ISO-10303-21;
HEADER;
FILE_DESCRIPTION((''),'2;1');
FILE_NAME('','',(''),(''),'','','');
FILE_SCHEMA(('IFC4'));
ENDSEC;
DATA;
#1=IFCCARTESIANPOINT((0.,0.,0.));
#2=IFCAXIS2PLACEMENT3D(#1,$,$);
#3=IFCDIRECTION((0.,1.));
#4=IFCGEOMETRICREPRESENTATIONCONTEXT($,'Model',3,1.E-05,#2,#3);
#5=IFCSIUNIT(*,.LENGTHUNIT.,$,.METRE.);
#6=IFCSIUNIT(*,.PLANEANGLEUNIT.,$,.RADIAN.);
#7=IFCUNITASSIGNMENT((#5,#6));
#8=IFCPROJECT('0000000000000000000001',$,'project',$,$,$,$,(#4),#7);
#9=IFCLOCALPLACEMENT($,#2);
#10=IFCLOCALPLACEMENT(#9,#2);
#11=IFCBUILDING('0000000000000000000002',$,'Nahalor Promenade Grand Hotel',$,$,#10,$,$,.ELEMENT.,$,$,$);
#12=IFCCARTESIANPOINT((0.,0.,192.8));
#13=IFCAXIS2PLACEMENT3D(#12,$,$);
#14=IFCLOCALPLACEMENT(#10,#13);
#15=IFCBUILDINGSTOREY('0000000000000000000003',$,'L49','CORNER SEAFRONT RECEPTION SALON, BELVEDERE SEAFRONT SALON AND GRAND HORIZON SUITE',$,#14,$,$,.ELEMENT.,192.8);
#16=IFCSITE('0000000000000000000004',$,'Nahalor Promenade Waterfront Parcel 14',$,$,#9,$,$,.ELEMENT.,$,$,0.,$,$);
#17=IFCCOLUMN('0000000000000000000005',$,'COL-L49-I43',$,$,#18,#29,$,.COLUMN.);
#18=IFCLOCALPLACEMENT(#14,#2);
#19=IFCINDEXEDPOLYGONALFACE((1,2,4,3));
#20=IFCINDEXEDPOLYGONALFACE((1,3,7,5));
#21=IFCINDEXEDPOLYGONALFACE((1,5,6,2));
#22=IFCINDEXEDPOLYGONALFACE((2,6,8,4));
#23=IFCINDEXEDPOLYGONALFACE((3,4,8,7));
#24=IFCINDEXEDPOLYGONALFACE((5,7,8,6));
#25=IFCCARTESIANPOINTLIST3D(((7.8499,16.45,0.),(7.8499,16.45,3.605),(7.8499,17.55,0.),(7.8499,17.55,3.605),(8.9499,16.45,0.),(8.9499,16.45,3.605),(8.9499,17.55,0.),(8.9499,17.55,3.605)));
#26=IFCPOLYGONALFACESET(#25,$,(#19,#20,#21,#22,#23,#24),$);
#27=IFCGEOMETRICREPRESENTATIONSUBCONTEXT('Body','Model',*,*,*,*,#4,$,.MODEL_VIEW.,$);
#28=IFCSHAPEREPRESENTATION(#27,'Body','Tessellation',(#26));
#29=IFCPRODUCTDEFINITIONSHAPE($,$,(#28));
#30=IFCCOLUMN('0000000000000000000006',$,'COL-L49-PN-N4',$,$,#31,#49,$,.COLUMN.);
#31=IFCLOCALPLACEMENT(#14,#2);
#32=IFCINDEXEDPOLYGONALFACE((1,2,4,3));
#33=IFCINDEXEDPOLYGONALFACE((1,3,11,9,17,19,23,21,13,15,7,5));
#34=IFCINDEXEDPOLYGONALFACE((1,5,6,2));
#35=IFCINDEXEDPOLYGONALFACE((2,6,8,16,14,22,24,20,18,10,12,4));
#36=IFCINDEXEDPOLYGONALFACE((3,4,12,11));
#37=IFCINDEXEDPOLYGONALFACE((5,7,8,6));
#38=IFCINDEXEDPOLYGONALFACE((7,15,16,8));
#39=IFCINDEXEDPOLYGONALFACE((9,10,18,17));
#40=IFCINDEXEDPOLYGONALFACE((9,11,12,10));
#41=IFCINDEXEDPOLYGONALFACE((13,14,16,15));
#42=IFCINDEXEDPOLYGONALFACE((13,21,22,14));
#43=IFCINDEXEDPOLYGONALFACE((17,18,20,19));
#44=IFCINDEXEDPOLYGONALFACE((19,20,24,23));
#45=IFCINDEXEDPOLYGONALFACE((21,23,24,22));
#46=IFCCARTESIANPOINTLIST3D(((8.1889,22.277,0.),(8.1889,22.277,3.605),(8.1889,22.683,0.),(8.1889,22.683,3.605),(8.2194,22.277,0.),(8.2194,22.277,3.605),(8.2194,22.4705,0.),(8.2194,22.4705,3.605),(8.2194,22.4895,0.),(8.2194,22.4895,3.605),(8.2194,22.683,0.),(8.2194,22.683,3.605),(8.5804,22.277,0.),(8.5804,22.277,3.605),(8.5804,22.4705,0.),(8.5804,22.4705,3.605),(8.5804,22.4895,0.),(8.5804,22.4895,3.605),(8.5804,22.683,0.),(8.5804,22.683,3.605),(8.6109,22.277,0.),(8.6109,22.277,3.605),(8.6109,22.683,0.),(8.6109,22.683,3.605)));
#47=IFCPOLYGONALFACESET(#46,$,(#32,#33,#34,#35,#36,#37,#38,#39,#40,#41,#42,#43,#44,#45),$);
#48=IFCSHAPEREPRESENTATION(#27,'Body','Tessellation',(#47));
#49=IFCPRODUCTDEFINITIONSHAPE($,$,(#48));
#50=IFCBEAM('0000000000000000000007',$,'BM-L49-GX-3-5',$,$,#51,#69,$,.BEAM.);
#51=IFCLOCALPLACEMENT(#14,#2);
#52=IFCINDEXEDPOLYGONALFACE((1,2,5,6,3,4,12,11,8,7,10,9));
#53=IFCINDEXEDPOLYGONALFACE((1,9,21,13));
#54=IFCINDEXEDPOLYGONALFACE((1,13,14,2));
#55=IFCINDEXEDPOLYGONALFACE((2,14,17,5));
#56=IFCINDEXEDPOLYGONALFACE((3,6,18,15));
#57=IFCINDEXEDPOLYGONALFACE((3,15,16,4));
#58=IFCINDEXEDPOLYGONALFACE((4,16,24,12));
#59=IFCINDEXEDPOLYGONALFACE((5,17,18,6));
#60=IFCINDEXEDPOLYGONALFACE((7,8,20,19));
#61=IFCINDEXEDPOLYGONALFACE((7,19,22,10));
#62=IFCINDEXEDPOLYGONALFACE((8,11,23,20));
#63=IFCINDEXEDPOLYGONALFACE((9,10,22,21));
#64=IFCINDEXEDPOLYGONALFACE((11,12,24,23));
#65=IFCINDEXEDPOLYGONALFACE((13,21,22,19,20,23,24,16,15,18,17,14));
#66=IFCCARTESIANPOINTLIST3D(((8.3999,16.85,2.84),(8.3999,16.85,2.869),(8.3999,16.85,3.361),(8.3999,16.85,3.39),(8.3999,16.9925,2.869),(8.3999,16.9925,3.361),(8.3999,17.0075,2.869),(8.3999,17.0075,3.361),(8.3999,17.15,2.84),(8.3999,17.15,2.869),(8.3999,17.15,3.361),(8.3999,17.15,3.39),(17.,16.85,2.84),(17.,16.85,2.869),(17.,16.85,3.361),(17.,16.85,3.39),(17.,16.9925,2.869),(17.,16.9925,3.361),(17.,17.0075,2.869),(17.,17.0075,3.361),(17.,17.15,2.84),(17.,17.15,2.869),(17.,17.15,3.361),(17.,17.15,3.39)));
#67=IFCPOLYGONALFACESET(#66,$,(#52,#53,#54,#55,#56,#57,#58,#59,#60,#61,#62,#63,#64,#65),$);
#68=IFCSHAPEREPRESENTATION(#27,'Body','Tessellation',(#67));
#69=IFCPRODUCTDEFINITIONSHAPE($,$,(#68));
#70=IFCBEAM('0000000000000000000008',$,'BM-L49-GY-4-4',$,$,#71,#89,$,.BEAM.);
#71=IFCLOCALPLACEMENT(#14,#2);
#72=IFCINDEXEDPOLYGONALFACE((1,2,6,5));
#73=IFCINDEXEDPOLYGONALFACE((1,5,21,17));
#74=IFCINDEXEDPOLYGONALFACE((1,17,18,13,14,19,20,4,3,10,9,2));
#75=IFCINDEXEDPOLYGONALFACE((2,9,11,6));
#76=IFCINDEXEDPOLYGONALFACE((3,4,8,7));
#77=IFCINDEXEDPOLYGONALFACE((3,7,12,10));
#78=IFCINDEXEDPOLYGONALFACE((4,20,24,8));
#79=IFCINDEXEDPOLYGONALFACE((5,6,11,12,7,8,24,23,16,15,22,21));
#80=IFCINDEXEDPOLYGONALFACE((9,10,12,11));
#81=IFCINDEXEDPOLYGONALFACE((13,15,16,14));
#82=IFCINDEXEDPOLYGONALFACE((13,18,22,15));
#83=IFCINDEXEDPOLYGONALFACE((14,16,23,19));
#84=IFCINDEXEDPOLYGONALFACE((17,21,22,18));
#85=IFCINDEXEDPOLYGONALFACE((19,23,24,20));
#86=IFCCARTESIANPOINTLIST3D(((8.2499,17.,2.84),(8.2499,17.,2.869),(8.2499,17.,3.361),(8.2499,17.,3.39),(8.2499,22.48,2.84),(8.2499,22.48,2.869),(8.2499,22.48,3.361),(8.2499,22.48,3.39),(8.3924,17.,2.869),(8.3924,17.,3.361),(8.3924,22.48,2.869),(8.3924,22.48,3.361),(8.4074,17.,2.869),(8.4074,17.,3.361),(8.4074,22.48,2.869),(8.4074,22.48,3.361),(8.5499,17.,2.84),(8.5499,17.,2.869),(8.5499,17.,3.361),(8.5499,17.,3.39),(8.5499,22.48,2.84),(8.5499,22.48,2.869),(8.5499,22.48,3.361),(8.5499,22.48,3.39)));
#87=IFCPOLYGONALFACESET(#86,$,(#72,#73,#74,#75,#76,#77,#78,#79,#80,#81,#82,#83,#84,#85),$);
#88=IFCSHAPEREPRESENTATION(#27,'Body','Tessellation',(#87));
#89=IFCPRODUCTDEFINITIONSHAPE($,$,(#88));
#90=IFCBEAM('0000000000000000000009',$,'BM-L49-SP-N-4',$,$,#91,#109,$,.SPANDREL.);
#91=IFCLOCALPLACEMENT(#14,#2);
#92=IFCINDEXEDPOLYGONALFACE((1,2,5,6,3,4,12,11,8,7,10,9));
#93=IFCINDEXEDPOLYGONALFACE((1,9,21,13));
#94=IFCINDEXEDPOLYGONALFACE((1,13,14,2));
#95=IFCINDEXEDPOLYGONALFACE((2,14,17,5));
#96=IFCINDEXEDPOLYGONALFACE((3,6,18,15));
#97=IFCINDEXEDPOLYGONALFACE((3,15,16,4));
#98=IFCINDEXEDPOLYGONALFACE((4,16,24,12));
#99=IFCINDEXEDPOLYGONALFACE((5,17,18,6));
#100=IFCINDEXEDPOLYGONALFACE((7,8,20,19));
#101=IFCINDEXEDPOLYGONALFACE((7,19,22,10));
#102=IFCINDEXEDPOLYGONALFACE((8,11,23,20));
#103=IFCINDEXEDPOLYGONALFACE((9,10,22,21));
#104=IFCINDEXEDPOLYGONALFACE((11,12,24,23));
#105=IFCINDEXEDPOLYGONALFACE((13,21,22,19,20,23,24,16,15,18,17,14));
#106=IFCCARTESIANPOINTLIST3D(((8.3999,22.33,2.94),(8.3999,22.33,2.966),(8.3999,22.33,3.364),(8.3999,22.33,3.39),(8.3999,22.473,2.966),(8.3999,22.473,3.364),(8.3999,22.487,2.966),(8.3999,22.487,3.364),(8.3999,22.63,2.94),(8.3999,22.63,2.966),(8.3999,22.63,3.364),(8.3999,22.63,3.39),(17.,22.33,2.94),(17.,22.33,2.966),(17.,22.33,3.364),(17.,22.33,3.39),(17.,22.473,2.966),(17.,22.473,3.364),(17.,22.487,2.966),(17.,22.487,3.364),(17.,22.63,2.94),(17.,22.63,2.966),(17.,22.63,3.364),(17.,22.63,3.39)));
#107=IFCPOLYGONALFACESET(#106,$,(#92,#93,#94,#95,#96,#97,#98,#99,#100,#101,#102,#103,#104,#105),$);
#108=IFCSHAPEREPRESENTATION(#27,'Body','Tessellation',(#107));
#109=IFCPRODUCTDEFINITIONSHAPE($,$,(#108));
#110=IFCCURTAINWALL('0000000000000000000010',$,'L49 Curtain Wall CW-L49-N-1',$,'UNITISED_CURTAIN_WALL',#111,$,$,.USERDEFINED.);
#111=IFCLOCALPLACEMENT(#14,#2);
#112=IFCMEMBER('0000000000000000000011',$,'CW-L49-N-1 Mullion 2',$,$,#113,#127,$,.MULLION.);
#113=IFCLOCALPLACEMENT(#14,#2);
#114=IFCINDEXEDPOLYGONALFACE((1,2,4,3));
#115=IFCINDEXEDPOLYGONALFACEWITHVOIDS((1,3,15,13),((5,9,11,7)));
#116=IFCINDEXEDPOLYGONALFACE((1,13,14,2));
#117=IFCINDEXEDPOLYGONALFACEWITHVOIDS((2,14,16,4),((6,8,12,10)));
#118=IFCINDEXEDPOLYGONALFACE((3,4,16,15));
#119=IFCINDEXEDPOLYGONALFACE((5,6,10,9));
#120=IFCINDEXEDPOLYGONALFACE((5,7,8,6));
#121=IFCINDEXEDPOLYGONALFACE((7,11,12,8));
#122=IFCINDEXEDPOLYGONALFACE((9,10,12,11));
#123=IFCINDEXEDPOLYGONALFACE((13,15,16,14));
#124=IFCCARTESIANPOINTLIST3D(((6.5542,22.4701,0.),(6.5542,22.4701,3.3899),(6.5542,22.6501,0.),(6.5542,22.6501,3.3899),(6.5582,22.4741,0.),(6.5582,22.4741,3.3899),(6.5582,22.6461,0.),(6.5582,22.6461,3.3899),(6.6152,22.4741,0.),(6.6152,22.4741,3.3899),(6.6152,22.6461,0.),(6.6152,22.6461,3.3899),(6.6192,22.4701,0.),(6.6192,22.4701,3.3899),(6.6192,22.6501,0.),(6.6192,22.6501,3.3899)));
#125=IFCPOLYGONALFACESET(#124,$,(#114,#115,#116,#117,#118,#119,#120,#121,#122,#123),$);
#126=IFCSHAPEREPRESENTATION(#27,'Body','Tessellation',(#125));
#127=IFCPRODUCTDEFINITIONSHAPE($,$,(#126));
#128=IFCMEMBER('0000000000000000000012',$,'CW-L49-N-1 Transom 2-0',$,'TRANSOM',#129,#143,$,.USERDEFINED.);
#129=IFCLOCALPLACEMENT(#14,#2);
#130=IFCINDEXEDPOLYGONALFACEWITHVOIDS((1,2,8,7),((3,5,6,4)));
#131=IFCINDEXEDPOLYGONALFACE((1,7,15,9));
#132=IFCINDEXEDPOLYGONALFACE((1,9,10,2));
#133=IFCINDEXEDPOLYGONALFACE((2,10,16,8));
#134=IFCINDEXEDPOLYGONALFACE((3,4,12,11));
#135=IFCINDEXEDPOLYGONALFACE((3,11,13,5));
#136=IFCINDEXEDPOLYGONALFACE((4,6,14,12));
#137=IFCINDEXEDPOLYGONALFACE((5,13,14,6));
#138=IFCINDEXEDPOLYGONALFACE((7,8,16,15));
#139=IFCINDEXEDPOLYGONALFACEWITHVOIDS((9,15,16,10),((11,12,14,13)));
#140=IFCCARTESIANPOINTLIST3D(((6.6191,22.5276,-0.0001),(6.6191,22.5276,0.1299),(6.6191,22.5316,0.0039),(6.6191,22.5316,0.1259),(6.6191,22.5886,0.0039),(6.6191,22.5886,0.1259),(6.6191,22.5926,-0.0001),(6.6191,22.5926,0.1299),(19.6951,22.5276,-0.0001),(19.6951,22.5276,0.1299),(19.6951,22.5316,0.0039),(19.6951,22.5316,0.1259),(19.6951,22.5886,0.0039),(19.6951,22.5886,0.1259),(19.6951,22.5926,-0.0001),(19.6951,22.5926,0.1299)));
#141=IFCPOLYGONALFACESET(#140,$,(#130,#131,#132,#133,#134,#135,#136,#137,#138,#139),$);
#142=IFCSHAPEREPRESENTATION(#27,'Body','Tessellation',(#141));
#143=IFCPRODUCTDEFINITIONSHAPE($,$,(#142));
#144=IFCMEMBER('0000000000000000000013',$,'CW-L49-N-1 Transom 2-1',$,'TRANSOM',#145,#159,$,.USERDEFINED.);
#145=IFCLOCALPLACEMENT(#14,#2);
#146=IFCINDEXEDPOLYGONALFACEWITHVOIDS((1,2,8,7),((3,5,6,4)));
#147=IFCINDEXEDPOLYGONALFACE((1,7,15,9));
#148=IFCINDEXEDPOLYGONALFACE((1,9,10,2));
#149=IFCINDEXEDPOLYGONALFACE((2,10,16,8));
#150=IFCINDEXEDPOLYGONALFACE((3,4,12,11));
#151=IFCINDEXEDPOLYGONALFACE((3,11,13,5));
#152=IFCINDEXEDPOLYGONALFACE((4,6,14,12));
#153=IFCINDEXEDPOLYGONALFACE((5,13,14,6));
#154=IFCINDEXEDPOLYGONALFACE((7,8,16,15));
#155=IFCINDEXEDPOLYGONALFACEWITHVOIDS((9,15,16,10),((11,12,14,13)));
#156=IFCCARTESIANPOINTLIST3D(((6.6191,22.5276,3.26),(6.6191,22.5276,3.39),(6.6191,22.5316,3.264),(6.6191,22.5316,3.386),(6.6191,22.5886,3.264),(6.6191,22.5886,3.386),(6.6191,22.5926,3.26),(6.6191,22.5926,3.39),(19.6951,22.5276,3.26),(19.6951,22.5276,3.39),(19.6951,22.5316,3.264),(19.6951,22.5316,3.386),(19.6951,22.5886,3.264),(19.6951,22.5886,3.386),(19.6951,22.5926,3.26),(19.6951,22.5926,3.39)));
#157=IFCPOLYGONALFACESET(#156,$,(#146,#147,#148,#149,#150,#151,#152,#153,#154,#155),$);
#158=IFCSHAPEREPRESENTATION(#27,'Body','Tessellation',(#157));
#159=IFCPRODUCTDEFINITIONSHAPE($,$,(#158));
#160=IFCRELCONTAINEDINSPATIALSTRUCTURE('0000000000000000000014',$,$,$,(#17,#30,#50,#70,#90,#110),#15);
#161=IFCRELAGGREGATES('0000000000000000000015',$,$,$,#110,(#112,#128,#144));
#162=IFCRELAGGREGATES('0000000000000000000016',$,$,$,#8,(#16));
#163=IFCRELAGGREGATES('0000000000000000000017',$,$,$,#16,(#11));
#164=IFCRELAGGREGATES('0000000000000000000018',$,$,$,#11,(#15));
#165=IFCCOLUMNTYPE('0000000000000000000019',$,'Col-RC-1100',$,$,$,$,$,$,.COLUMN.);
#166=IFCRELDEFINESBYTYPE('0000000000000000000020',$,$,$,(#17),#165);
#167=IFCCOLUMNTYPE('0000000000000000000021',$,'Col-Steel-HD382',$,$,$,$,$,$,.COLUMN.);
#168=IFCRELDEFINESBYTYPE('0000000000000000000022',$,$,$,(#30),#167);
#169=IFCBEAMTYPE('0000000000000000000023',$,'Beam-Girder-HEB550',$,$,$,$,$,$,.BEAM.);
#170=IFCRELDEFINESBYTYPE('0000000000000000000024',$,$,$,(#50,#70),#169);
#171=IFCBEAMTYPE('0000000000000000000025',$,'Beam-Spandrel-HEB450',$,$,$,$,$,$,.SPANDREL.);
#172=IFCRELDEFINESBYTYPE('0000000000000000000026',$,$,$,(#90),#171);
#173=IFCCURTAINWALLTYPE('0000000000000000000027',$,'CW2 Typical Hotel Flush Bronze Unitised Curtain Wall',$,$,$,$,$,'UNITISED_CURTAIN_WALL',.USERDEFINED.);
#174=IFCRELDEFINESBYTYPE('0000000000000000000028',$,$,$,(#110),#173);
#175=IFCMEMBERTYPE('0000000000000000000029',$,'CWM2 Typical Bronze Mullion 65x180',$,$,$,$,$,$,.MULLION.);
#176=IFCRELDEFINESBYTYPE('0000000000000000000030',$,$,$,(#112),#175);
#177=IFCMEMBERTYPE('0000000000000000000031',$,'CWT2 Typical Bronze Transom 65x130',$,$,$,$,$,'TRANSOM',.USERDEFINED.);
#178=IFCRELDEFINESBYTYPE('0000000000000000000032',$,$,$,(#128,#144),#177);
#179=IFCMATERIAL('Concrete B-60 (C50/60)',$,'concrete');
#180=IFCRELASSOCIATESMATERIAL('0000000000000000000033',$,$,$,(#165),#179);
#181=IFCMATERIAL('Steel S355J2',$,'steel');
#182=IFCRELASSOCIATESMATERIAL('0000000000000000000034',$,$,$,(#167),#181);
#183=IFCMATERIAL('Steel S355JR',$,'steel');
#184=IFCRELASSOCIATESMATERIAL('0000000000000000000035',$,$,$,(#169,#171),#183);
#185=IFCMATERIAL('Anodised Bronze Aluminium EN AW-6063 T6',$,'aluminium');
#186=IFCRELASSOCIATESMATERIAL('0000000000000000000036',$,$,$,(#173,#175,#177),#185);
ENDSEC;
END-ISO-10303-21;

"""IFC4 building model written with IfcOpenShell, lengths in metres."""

from ifc_helpers import new_model, si_unit, direction, frame, origin, origin_2d, place, context, subcontext, project, spatial, rectangle, hollow_rectangle, i_section, extrude, source, transform, mapped, material, material_profile, profile_set, type_object, element, aggregate, save


model = new_model("IFC4")

# Units and contexts
model_context = context("Model", 3, precision=1e-05, world=origin(), true_north=direction((0.0, 1.0)))
body_context = subcontext(model_context, "Body", "Model", "MODEL_VIEW")
ifc_project = project(units=[si_unit("LENGTHUNIT", "METRE"), si_unit("PLANEANGLEUNIT", "RADIAN")], contexts=[model_context])

# Site, building, storey
site_placement = place(None, origin())
site = spatial("IfcSite", under=ifc_project, at=site_placement, Name="Nahalor Promenade Waterfront Parcel 14", CompositionType="ELEMENT", RefElevation=0.0)
building_placement = place(site_placement, origin())
building = spatial("IfcBuilding", under=site, at=building_placement, Name="Nahalor Promenade Grand Hotel", CompositionType="ELEMENT")
storey_placement = place(building_placement, frame((0.0, 0.0, 192.8)))
storey = spatial("IfcBuildingStorey", under=building, at=storey_placement, Name="L49", Description="CORNER SEAFRONT RECEPTION SALON, BELVEDERE SEAFRONT SALON AND GRAND HORIZON SUITE", CompositionType="ELEMENT", Elevation=192.8)

# Columns
ifc_material_1 = material(Name="Concrete B-60 (C50/60)", Category="concrete")
ifc_material_profile_1 = material_profile(ifc_material_1, rectangle(XDim=1.1, YDim=1.1, at=origin_2d()), Name="RC 1100x1100")
ifc_profile_set_1 = profile_set([ifc_material_profile_1], Name="Concrete B-60 (C50/60)")
column_type_1 = type_object("IfcColumnType", Name="Col-RC-1100", PredefinedType="COLUMN", material=ifc_profile_set_1)
shared_shape_1 = source(origin(), body_context, "Body", "SweptSolid", [
    extrude(rectangle(XDim=1.1, YDim=1.1, at=origin_2d()), origin(), (0.0, 0.0, 1.0), 3.605),
])
column_1_placement = place(storey_placement, frame((8.3999, 17.0, 0.0), z_axis=(0.0, 0.0, 1.0), x_axis=(1.0, 0.0, 0.0)))
element("IfcColumn", 1, at=column_1_placement, inside=storey, type_object=column_type_1, Name="COL-L49-I43", PredefinedType="COLUMN", context=body_context, shape_type="MappedRepresentation", body=[
    mapped(shared_shape_1, transform((0.0, 0.0, 0.0), scale=1.0)),
])
ifc_material_2 = material(Name="Steel S355J2", Category="steel")
ifc_material_profile_2 = material_profile(ifc_material_2, i_section(OverallWidth=0.406, OverallDepth=0.422, WebThickness=0.019, FlangeThickness=0.0305, at=origin_2d()), Name="HD 400x382")
ifc_profile_set_2 = profile_set([ifc_material_profile_2], Name="Steel S355J2")
column_type_2 = type_object("IfcColumnType", Name="Col-Steel-HD382", PredefinedType="COLUMN", material=ifc_profile_set_2)
shared_shape_2 = source(origin(), body_context, "Body", "SweptSolid", [
    extrude(i_section(OverallWidth=0.406, OverallDepth=0.422, WebThickness=0.019, FlangeThickness=0.0305, at=origin_2d()), origin(), (0.0, 0.0, 1.0), 3.605),
])
column_2_placement = place(storey_placement, frame((8.3999, 22.48, 0.0), z_axis=(0.0, 0.0, 1.0), x_axis=(0.0, 1.0, 0.0)))
element("IfcColumn", 2, at=column_2_placement, inside=storey, type_object=column_type_2, Name="COL-L49-PN-N4", PredefinedType="COLUMN", context=body_context, shape_type="MappedRepresentation", body=[
    mapped(shared_shape_2, transform((0.0, 0.0, 0.0), scale=1.0)),
])

# Beams
ifc_material_3 = material(Name="Steel S355JR", Category="steel")
ifc_material_profile_3 = material_profile(ifc_material_3, i_section(OverallWidth=0.3, OverallDepth=0.55, WebThickness=0.015, FlangeThickness=0.029, at=origin_2d()), Name="HEB 550")
ifc_profile_set_3 = profile_set([ifc_material_profile_3], Name="Steel S355JR")
beam_type_1 = type_object("IfcBeamType", Name="Beam-Girder-HEB550", PredefinedType="BEAM", material=ifc_profile_set_3)
shared_shape_3 = source(origin(), body_context, "Body", "SweptSolid", [
    extrude(i_section(OverallWidth=0.3, OverallDepth=0.55, WebThickness=0.015, FlangeThickness=0.029, at=origin_2d()), origin(), (0.0, 0.0, 1.0), 8.6001),
])
beam_1_placement = place(storey_placement, frame((8.3999, 17.0, 3.115), z_axis=(1.0, 0.0, 0.0), x_axis=(0.0, 1.0, 0.0)))
element("IfcBeam", 3, at=beam_1_placement, inside=storey, type_object=beam_type_1, Name="BM-L49-GX-3-5", PredefinedType="BEAM", context=body_context, shape_type="MappedRepresentation", body=[
    mapped(shared_shape_3, transform((0.0, 0.0, 0.0), scale=1.0)),
])
shared_shape_4 = source(origin(), body_context, "Body", "SweptSolid", [
    extrude(i_section(OverallWidth=0.3, OverallDepth=0.55, WebThickness=0.015, FlangeThickness=0.029, at=origin_2d()), origin(), (0.0, 0.0, 1.0), 5.48),
])
beam_2_placement = place(storey_placement, frame((8.3999, 17.0, 3.115), z_axis=(0.0, 1.0, 0.0), x_axis=(-1.0, 0.0, 0.0)))
element("IfcBeam", 4, at=beam_2_placement, inside=storey, type_object=beam_type_1, Name="BM-L49-GY-4-4", PredefinedType="BEAM", context=body_context, shape_type="MappedRepresentation", body=[
    mapped(shared_shape_4, transform((0.0, 0.0, 0.0), scale=1.0)),
])
ifc_material_profile_4 = material_profile(ifc_material_3, i_section(OverallWidth=0.3, OverallDepth=0.45, WebThickness=0.014, FlangeThickness=0.026, at=origin_2d()), Name="HEB 450")
ifc_profile_set_4 = profile_set([ifc_material_profile_4], Name="Steel S355JR")
beam_type_2 = type_object("IfcBeamType", Name="Beam-Spandrel-HEB450", PredefinedType="SPANDREL", material=ifc_profile_set_4)
shared_shape_5 = source(origin(), body_context, "Body", "SweptSolid", [
    extrude(i_section(OverallWidth=0.3, OverallDepth=0.45, WebThickness=0.014, FlangeThickness=0.026, at=origin_2d()), origin(), (0.0, 0.0, 1.0), 8.6001),
])
beam_3_placement = place(storey_placement, frame((8.3999, 22.48, 3.165), z_axis=(1.0, 0.0, 0.0), x_axis=(0.0, 1.0, 0.0)))
element("IfcBeam", 5, at=beam_3_placement, inside=storey, type_object=beam_type_2, Name="BM-L49-SP-N-4", PredefinedType="SPANDREL", context=body_context, shape_type="MappedRepresentation", body=[
    mapped(shared_shape_5, transform((0.0, 0.0, 0.0), scale=1.0)),
])

# Curtain wall, members
ifc_material_4 = material(Name="Anodised Bronze Aluminium EN AW-6063 T6", Category="aluminium")
curtain_wall_type = type_object("IfcCurtainWallType", Name="CW2 Typical Hotel Flush Bronze Unitised Curtain Wall", ElementType="UNITISED_CURTAIN_WALL", PredefinedType="USERDEFINED", material=ifc_material_4)
curtain_wall_placement = place(storey_placement, origin())
curtain_wall = element("IfcCurtainWall", 6, at=curtain_wall_placement, inside=storey, type_object=curtain_wall_type, Name="L49 Curtain Wall CW-L49-N-1", ObjectType="UNITISED_CURTAIN_WALL", PredefinedType="USERDEFINED")
ifc_material_profile_5 = material_profile(ifc_material_4, hollow_rectangle(XDim=0.065, YDim=0.18, WallThickness=0.004, at=origin_2d()), Name="CWM 65x180x4")
ifc_profile_set_5 = profile_set([ifc_material_profile_5], Name="Anodised Bronze Aluminium EN AW-6063 T6")
member_type_1 = type_object("IfcMemberType", Name="CWM2 Typical Bronze Mullion 65x180", PredefinedType="MULLION", material=ifc_profile_set_5)
shared_shape_6 = source(origin(), body_context, "Body", "SweptSolid", [
    extrude(hollow_rectangle(XDim=0.065, YDim=0.18, WallThickness=0.004, at=origin_2d()), origin(), (0.0, 0.0, 1.0), 3.3899),
])
member_1_placement = place(storey_placement, frame((6.5867, 22.5601, 0.0), z_axis=(0.0, 0.0, 1.0), x_axis=(1.0, 0.0, 0.0)))
member_1 = element("IfcMember", 7, at=member_1_placement, type_object=member_type_1, Name="CW-L49-N-1 Mullion 2", PredefinedType="MULLION", context=body_context, shape_type="MappedRepresentation", body=[
    mapped(shared_shape_6, transform((0.0, 0.0, 0.0), scale=1.0)),
])
ifc_material_profile_6 = material_profile(ifc_material_4, hollow_rectangle(XDim=0.065, YDim=0.13, WallThickness=0.004, at=origin_2d()), Name="CWT 65x130x4")
ifc_profile_set_6 = profile_set([ifc_material_profile_6], Name="Anodised Bronze Aluminium EN AW-6063 T6")
member_type_2 = type_object("IfcMemberType", Name="CWT2 Typical Bronze Transom 65x130", ElementType="TRANSOM", PredefinedType="USERDEFINED", material=ifc_profile_set_6)
shared_shape_7 = source(origin(), body_context, "Body", "SweptSolid", [
    extrude(hollow_rectangle(XDim=0.065, YDim=0.13, WallThickness=0.004, at=origin_2d()), origin(), (0.0, 0.0, 1.0), 13.0759),
])
member_2_placement = place(storey_placement, frame((6.6191, 22.5601, 0.0649), z_axis=(1.0, 0.0, 0.0), x_axis=(0.0, 1.0, 0.0)))
member_2 = element("IfcMember", 8, at=member_2_placement, type_object=member_type_2, Name="CW-L49-N-1 Transom 2-0", ObjectType="TRANSOM", PredefinedType="USERDEFINED", context=body_context, shape_type="MappedRepresentation", body=[
    mapped(shared_shape_7, transform((0.0, 0.0, 0.0), scale=1.0)),
])
member_3_placement = place(storey_placement, frame((6.6191, 22.5601, 3.325), z_axis=(1.0, 0.0, 0.0), x_axis=(0.0, 1.0, 0.0)))
member_3 = element("IfcMember", 9, at=member_3_placement, type_object=member_type_2, Name="CW-L49-N-1 Transom 2-1", ObjectType="TRANSOM", PredefinedType="USERDEFINED", context=body_context, shape_type="MappedRepresentation", body=[
    mapped(shared_shape_7, transform((0.0, 0.0, 0.0), scale=1.0)),
])
aggregate(curtain_wall, [member_1, member_2, member_3])

save(model, "model.ifc")
